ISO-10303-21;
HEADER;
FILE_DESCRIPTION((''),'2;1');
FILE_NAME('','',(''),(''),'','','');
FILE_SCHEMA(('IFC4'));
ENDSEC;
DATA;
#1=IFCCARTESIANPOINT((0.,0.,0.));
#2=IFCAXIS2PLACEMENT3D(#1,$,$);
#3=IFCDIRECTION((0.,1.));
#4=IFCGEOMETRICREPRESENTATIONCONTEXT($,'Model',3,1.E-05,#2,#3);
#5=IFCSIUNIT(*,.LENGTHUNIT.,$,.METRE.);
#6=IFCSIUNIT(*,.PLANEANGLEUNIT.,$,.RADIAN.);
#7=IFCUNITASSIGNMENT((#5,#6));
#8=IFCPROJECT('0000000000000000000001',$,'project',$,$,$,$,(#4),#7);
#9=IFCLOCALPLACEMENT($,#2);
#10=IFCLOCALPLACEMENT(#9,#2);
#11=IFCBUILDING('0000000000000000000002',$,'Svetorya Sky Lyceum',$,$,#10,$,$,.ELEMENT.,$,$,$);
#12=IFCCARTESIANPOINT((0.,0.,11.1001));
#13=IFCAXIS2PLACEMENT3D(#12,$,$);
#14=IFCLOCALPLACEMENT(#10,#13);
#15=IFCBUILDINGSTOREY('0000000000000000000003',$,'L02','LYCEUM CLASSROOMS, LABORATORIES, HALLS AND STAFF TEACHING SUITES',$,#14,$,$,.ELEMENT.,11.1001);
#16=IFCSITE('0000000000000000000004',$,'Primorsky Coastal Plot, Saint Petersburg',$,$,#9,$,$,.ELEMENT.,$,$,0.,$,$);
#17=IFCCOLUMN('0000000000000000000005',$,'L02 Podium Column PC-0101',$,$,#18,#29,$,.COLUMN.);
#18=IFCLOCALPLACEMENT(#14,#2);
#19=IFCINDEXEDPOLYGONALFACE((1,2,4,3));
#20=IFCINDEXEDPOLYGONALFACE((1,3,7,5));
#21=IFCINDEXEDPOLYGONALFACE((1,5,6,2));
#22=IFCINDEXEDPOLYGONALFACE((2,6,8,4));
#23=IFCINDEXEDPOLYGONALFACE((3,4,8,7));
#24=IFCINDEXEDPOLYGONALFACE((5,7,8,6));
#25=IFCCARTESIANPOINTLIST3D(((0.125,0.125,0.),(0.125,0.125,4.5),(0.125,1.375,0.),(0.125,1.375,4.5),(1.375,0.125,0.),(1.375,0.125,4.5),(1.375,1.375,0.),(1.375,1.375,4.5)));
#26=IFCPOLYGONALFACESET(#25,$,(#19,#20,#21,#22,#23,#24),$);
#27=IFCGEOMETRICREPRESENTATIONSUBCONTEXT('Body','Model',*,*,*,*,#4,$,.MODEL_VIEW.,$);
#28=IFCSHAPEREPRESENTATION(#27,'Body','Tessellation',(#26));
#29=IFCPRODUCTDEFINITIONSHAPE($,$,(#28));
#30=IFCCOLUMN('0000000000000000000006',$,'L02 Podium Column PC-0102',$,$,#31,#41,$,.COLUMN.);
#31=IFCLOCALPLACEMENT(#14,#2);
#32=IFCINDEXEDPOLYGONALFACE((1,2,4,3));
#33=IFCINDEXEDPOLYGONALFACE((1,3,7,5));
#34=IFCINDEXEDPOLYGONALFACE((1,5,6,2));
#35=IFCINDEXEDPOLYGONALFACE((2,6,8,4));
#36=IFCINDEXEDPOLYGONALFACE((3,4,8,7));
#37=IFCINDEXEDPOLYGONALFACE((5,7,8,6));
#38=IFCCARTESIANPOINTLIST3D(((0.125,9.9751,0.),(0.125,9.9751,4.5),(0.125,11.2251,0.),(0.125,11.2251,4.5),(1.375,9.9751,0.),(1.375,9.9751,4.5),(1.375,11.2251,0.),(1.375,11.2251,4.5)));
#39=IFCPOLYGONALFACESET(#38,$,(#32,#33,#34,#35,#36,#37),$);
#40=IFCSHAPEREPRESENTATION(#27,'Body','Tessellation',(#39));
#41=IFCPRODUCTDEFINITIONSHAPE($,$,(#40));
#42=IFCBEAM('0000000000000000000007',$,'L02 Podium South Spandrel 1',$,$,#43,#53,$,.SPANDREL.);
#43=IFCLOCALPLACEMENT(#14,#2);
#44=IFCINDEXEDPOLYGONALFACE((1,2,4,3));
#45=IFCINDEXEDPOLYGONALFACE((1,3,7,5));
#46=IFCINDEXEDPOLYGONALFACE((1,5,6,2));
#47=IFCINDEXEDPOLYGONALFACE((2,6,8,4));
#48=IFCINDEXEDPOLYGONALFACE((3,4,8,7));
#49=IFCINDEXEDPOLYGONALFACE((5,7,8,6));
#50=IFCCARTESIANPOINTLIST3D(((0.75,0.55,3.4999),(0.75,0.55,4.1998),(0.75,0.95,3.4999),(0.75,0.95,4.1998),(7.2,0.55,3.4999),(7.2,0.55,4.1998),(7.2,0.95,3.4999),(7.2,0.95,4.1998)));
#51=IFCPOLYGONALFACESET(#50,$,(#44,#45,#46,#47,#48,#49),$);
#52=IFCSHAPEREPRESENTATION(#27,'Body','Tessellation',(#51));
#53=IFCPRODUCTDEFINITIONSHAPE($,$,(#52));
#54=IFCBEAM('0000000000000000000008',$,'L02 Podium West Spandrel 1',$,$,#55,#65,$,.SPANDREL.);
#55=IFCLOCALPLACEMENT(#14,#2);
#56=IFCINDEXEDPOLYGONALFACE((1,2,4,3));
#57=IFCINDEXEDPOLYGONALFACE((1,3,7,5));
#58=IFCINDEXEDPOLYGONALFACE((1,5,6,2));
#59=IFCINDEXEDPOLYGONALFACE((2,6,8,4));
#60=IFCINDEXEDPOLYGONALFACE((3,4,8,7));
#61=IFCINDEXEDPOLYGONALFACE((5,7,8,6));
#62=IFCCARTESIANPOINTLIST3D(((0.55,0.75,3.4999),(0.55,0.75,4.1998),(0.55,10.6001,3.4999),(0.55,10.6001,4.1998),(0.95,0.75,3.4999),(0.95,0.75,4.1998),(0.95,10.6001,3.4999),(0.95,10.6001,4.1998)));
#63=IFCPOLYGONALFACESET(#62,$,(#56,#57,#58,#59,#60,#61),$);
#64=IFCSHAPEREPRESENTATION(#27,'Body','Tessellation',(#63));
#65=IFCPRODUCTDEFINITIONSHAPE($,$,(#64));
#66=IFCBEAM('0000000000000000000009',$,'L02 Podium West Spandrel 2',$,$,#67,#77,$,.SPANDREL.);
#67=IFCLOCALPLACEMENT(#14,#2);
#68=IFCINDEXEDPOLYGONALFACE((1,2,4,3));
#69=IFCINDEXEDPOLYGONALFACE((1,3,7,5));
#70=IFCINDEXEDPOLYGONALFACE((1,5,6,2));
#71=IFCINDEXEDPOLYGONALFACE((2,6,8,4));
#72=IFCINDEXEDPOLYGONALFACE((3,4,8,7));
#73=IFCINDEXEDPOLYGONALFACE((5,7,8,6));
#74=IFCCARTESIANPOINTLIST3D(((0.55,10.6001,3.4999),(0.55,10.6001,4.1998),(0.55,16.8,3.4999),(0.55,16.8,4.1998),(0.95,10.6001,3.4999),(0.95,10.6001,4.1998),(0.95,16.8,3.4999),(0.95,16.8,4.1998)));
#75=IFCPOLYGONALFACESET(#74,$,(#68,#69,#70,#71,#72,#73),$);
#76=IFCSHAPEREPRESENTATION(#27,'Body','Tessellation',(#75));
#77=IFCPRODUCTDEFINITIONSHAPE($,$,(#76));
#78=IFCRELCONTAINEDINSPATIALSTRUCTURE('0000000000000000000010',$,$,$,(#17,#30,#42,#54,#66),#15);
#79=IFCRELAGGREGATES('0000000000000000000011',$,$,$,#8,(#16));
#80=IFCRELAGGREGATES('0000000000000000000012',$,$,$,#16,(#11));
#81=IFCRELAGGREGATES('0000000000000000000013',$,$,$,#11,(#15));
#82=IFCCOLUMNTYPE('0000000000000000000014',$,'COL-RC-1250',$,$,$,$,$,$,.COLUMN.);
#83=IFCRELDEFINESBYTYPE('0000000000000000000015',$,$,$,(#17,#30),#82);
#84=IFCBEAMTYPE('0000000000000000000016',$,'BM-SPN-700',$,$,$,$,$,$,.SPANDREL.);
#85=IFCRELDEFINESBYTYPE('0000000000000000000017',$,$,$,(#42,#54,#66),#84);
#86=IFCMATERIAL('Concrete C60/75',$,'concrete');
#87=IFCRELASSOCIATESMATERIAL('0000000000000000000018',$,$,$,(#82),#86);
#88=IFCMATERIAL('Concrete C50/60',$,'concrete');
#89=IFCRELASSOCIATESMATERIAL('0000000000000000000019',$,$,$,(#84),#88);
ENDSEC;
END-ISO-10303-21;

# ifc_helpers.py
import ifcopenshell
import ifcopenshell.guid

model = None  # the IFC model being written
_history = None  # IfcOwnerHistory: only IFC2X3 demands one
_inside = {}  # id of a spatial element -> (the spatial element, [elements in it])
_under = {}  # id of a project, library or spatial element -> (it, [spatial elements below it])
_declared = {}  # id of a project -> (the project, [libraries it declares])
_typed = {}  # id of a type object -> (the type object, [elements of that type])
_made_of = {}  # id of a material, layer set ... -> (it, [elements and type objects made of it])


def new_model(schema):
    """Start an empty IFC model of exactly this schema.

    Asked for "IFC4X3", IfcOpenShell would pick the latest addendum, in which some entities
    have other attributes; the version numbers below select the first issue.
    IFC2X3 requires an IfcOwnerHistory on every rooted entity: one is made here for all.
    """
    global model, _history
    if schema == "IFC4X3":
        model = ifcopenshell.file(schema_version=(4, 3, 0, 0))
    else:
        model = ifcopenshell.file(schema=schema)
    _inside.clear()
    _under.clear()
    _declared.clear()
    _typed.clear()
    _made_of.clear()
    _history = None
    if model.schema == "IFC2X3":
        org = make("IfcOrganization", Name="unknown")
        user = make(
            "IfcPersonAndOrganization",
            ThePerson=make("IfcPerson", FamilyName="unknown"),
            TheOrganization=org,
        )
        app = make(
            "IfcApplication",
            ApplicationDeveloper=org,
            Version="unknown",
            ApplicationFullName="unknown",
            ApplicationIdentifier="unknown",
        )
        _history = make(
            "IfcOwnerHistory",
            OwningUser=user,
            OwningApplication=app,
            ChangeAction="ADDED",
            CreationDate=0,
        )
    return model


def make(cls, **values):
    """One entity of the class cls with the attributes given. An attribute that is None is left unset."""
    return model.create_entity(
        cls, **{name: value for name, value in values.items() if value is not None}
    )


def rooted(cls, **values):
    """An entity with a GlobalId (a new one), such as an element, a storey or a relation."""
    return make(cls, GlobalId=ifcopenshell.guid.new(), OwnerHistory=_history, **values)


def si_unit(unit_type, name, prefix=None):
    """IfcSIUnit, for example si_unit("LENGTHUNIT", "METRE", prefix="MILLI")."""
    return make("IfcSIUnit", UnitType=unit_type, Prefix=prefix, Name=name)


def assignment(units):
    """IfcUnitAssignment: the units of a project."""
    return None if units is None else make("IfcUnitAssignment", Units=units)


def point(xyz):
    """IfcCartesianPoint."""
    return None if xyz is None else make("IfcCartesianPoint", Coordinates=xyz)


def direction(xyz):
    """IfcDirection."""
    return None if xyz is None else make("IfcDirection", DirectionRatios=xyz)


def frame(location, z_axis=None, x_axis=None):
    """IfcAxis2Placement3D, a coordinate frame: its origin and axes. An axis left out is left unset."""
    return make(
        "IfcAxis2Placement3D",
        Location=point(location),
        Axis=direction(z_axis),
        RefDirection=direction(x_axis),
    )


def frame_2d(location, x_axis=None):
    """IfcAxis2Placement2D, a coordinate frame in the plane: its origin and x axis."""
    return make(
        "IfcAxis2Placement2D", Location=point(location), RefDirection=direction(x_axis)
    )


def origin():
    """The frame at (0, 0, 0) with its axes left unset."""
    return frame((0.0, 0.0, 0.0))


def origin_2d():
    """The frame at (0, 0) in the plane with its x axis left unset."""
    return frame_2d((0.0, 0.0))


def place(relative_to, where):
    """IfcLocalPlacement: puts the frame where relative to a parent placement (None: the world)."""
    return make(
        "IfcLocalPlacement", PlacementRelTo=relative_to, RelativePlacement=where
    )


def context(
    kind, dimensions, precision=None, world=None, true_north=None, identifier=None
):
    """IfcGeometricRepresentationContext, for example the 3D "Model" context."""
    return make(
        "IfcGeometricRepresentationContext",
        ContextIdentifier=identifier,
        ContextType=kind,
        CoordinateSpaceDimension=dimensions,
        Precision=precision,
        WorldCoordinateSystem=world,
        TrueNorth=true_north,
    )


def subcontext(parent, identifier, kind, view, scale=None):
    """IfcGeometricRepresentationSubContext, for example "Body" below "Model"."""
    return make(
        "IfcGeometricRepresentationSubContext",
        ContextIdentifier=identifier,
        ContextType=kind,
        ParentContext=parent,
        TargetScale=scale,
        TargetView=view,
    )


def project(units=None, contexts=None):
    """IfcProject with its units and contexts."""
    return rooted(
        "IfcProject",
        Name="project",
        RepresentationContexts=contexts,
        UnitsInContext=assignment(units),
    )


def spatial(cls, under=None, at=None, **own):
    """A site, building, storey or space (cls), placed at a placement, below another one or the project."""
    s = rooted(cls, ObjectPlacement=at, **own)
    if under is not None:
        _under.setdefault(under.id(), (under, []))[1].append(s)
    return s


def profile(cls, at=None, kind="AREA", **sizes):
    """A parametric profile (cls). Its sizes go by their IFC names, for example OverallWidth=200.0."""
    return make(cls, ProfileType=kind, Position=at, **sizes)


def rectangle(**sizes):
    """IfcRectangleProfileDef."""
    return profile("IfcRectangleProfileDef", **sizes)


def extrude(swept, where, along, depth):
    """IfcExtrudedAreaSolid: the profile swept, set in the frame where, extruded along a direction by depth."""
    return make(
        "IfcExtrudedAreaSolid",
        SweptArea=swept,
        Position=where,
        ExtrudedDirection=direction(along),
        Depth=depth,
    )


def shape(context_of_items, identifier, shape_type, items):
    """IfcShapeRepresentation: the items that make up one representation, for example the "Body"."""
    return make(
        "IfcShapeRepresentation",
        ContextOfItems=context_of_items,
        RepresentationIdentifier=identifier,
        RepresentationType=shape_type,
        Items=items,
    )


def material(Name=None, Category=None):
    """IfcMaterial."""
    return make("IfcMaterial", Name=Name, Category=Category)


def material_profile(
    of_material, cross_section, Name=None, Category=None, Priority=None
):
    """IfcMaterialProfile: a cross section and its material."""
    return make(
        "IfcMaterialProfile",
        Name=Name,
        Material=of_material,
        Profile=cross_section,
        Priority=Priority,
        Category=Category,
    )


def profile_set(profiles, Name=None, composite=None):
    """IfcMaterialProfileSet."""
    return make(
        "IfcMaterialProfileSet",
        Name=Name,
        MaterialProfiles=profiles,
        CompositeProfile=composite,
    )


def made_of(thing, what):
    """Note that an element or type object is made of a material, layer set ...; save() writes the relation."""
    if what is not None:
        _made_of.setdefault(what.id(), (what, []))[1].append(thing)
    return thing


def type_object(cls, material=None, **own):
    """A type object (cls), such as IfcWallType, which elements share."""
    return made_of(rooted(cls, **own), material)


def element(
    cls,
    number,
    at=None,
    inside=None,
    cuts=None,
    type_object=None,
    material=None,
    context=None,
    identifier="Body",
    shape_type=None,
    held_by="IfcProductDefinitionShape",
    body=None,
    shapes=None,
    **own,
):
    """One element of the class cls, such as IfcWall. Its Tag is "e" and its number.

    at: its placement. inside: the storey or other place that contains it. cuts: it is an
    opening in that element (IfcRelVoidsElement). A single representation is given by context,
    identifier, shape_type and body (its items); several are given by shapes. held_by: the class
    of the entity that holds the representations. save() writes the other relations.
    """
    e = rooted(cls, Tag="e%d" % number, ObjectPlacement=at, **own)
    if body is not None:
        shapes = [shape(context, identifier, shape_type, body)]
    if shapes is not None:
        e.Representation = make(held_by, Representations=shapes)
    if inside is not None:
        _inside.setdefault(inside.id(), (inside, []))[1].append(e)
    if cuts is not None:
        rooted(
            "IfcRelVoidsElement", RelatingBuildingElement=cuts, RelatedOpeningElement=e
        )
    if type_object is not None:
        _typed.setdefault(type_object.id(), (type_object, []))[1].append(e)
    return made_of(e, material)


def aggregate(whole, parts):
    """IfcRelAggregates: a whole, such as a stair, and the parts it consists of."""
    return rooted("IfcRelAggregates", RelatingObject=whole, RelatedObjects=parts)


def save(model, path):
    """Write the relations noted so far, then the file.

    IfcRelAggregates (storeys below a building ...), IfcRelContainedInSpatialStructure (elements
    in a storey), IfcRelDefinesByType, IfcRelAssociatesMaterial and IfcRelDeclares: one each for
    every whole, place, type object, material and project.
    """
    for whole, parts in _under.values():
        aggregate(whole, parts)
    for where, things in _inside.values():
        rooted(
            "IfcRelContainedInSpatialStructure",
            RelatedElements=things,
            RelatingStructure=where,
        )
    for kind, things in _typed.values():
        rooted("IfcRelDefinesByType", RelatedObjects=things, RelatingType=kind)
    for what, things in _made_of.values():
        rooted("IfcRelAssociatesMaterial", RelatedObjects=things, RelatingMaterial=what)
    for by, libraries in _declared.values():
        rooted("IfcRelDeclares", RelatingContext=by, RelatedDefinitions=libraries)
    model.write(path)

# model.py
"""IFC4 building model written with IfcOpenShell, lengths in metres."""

from ifc_helpers import new_model, si_unit, direction, frame, origin, origin_2d, place, context, subcontext, project, spatial, rectangle, extrude, material, material_profile, profile_set, type_object, element, save


model = new_model("IFC4")

# Units and contexts
model_context = context("Model", 3, precision=1e-05, world=origin(), true_north=direction((0.0, 1.0)))
body_context = subcontext(model_context, "Body", "Model", "MODEL_VIEW")
ifc_project = project(units=[si_unit("LENGTHUNIT", "METRE"), si_unit("PLANEANGLEUNIT", "RADIAN")], contexts=[model_context])

# Site, building, storey
site_placement = place(None, origin())
site = spatial("IfcSite", under=ifc_project, at=site_placement, Name="Primorsky Coastal Plot, Saint Petersburg", CompositionType="ELEMENT", RefElevation=0.0)
building_placement = place(site_placement, origin())
building = spatial("IfcBuilding", under=site, at=building_placement, Name="Svetorya Sky Lyceum", CompositionType="ELEMENT")
storey_placement = place(building_placement, frame((0.0, 0.0, 11.1001)))
storey = spatial("IfcBuildingStorey", under=building, at=storey_placement, Name="L02", Description="LYCEUM CLASSROOMS, LABORATORIES, HALLS AND STAFF TEACHING SUITES", CompositionType="ELEMENT", Elevation=11.1001)

# Columns
ifc_material_1 = material(Name="Concrete C60/75", Category="concrete")
ifc_material_profile_1 = material_profile(ifc_material_1, rectangle(XDim=1.25, YDim=1.25, at=origin_2d()), Name="RC COL 1250x1250")
ifc_profile_set_1 = profile_set([ifc_material_profile_1], Name="Concrete C60/75")
column_type = type_object("IfcColumnType", Name="COL-RC-1250", PredefinedType="COLUMN", material=ifc_profile_set_1)
for number, where, z_axis, x_axis, name in (
    (1, (0.75, 0.75, 0.0), (0.0, 0.0, 1.0), (1.0, 0.0, 0.0), "L02 Podium Column PC-0101"),
    (2, (0.75, 10.6001, 0.0), (0.0, 0.0, 1.0), (1.0, 0.0, 0.0), "L02 Podium Column PC-0102"),
):
    element("IfcColumn", number, at=place(storey_placement, frame(where, z_axis=z_axis, x_axis=x_axis)), inside=storey, type_object=column_type, Name=name, PredefinedType="COLUMN", context=body_context, shape_type="SweptSolid", body=[
        extrude(rectangle(XDim=1.25, YDim=1.25, at=origin_2d()), origin(), (0.0, 0.0, 1.0), 4.5),
    ])

# Beams
ifc_material_2 = material(Name="Concrete C50/60", Category="concrete")
ifc_material_profile_2 = material_profile(ifc_material_2, rectangle(XDim=0.3999, YDim=0.7, at=origin_2d()), Name="RC SPANDREL 400x700")
ifc_profile_set_2 = profile_set([ifc_material_profile_2], Name="Concrete C50/60")
beam_type = type_object("IfcBeamType", Name="BM-SPN-700", PredefinedType="SPANDREL", material=ifc_profile_set_2)
beam_1_placement = place(storey_placement, frame((0.75, 0.75, 3.8499), z_axis=(1.0, 0.0, 0.0), x_axis=(0.0, 1.0, 0.0)))
element("IfcBeam", 3, at=beam_1_placement, inside=storey, type_object=beam_type, Name="L02 Podium South Spandrel 1", PredefinedType="SPANDREL", context=body_context, shape_type="SweptSolid", body=[
    extrude(rectangle(XDim=0.3999, YDim=0.7, at=origin_2d()), origin(), (0.0, 0.0, 1.0), 6.45),
])
beam_2_placement = place(storey_placement, frame((0.75, 0.75, 3.8499), z_axis=(0.0, 1.0, 0.0), x_axis=(-1.0, 0.0, 0.0)))
element("IfcBeam", 4, at=beam_2_placement, inside=storey, type_object=beam_type, Name="L02 Podium West Spandrel 1", PredefinedType="SPANDREL", context=body_context, shape_type="SweptSolid", body=[
    extrude(rectangle(XDim=0.3999, YDim=0.7, at=origin_2d()), origin(), (0.0, 0.0, 1.0), 9.8501),
])
beam_3_placement = place(storey_placement, frame((0.75, 10.6001, 3.8499), z_axis=(0.0, 1.0, 0.0), x_axis=(-1.0, 0.0, 0.0)))
element("IfcBeam", 5, at=beam_3_placement, inside=storey, type_object=beam_type, Name="L02 Podium West Spandrel 2", PredefinedType="SPANDREL", context=body_context, shape_type="SweptSolid", body=[
    extrude(rectangle(XDim=0.3999, YDim=0.7, at=origin_2d()), origin(), (0.0, 0.0, 1.0), 6.2),
])

save(model, "model.ifc")
